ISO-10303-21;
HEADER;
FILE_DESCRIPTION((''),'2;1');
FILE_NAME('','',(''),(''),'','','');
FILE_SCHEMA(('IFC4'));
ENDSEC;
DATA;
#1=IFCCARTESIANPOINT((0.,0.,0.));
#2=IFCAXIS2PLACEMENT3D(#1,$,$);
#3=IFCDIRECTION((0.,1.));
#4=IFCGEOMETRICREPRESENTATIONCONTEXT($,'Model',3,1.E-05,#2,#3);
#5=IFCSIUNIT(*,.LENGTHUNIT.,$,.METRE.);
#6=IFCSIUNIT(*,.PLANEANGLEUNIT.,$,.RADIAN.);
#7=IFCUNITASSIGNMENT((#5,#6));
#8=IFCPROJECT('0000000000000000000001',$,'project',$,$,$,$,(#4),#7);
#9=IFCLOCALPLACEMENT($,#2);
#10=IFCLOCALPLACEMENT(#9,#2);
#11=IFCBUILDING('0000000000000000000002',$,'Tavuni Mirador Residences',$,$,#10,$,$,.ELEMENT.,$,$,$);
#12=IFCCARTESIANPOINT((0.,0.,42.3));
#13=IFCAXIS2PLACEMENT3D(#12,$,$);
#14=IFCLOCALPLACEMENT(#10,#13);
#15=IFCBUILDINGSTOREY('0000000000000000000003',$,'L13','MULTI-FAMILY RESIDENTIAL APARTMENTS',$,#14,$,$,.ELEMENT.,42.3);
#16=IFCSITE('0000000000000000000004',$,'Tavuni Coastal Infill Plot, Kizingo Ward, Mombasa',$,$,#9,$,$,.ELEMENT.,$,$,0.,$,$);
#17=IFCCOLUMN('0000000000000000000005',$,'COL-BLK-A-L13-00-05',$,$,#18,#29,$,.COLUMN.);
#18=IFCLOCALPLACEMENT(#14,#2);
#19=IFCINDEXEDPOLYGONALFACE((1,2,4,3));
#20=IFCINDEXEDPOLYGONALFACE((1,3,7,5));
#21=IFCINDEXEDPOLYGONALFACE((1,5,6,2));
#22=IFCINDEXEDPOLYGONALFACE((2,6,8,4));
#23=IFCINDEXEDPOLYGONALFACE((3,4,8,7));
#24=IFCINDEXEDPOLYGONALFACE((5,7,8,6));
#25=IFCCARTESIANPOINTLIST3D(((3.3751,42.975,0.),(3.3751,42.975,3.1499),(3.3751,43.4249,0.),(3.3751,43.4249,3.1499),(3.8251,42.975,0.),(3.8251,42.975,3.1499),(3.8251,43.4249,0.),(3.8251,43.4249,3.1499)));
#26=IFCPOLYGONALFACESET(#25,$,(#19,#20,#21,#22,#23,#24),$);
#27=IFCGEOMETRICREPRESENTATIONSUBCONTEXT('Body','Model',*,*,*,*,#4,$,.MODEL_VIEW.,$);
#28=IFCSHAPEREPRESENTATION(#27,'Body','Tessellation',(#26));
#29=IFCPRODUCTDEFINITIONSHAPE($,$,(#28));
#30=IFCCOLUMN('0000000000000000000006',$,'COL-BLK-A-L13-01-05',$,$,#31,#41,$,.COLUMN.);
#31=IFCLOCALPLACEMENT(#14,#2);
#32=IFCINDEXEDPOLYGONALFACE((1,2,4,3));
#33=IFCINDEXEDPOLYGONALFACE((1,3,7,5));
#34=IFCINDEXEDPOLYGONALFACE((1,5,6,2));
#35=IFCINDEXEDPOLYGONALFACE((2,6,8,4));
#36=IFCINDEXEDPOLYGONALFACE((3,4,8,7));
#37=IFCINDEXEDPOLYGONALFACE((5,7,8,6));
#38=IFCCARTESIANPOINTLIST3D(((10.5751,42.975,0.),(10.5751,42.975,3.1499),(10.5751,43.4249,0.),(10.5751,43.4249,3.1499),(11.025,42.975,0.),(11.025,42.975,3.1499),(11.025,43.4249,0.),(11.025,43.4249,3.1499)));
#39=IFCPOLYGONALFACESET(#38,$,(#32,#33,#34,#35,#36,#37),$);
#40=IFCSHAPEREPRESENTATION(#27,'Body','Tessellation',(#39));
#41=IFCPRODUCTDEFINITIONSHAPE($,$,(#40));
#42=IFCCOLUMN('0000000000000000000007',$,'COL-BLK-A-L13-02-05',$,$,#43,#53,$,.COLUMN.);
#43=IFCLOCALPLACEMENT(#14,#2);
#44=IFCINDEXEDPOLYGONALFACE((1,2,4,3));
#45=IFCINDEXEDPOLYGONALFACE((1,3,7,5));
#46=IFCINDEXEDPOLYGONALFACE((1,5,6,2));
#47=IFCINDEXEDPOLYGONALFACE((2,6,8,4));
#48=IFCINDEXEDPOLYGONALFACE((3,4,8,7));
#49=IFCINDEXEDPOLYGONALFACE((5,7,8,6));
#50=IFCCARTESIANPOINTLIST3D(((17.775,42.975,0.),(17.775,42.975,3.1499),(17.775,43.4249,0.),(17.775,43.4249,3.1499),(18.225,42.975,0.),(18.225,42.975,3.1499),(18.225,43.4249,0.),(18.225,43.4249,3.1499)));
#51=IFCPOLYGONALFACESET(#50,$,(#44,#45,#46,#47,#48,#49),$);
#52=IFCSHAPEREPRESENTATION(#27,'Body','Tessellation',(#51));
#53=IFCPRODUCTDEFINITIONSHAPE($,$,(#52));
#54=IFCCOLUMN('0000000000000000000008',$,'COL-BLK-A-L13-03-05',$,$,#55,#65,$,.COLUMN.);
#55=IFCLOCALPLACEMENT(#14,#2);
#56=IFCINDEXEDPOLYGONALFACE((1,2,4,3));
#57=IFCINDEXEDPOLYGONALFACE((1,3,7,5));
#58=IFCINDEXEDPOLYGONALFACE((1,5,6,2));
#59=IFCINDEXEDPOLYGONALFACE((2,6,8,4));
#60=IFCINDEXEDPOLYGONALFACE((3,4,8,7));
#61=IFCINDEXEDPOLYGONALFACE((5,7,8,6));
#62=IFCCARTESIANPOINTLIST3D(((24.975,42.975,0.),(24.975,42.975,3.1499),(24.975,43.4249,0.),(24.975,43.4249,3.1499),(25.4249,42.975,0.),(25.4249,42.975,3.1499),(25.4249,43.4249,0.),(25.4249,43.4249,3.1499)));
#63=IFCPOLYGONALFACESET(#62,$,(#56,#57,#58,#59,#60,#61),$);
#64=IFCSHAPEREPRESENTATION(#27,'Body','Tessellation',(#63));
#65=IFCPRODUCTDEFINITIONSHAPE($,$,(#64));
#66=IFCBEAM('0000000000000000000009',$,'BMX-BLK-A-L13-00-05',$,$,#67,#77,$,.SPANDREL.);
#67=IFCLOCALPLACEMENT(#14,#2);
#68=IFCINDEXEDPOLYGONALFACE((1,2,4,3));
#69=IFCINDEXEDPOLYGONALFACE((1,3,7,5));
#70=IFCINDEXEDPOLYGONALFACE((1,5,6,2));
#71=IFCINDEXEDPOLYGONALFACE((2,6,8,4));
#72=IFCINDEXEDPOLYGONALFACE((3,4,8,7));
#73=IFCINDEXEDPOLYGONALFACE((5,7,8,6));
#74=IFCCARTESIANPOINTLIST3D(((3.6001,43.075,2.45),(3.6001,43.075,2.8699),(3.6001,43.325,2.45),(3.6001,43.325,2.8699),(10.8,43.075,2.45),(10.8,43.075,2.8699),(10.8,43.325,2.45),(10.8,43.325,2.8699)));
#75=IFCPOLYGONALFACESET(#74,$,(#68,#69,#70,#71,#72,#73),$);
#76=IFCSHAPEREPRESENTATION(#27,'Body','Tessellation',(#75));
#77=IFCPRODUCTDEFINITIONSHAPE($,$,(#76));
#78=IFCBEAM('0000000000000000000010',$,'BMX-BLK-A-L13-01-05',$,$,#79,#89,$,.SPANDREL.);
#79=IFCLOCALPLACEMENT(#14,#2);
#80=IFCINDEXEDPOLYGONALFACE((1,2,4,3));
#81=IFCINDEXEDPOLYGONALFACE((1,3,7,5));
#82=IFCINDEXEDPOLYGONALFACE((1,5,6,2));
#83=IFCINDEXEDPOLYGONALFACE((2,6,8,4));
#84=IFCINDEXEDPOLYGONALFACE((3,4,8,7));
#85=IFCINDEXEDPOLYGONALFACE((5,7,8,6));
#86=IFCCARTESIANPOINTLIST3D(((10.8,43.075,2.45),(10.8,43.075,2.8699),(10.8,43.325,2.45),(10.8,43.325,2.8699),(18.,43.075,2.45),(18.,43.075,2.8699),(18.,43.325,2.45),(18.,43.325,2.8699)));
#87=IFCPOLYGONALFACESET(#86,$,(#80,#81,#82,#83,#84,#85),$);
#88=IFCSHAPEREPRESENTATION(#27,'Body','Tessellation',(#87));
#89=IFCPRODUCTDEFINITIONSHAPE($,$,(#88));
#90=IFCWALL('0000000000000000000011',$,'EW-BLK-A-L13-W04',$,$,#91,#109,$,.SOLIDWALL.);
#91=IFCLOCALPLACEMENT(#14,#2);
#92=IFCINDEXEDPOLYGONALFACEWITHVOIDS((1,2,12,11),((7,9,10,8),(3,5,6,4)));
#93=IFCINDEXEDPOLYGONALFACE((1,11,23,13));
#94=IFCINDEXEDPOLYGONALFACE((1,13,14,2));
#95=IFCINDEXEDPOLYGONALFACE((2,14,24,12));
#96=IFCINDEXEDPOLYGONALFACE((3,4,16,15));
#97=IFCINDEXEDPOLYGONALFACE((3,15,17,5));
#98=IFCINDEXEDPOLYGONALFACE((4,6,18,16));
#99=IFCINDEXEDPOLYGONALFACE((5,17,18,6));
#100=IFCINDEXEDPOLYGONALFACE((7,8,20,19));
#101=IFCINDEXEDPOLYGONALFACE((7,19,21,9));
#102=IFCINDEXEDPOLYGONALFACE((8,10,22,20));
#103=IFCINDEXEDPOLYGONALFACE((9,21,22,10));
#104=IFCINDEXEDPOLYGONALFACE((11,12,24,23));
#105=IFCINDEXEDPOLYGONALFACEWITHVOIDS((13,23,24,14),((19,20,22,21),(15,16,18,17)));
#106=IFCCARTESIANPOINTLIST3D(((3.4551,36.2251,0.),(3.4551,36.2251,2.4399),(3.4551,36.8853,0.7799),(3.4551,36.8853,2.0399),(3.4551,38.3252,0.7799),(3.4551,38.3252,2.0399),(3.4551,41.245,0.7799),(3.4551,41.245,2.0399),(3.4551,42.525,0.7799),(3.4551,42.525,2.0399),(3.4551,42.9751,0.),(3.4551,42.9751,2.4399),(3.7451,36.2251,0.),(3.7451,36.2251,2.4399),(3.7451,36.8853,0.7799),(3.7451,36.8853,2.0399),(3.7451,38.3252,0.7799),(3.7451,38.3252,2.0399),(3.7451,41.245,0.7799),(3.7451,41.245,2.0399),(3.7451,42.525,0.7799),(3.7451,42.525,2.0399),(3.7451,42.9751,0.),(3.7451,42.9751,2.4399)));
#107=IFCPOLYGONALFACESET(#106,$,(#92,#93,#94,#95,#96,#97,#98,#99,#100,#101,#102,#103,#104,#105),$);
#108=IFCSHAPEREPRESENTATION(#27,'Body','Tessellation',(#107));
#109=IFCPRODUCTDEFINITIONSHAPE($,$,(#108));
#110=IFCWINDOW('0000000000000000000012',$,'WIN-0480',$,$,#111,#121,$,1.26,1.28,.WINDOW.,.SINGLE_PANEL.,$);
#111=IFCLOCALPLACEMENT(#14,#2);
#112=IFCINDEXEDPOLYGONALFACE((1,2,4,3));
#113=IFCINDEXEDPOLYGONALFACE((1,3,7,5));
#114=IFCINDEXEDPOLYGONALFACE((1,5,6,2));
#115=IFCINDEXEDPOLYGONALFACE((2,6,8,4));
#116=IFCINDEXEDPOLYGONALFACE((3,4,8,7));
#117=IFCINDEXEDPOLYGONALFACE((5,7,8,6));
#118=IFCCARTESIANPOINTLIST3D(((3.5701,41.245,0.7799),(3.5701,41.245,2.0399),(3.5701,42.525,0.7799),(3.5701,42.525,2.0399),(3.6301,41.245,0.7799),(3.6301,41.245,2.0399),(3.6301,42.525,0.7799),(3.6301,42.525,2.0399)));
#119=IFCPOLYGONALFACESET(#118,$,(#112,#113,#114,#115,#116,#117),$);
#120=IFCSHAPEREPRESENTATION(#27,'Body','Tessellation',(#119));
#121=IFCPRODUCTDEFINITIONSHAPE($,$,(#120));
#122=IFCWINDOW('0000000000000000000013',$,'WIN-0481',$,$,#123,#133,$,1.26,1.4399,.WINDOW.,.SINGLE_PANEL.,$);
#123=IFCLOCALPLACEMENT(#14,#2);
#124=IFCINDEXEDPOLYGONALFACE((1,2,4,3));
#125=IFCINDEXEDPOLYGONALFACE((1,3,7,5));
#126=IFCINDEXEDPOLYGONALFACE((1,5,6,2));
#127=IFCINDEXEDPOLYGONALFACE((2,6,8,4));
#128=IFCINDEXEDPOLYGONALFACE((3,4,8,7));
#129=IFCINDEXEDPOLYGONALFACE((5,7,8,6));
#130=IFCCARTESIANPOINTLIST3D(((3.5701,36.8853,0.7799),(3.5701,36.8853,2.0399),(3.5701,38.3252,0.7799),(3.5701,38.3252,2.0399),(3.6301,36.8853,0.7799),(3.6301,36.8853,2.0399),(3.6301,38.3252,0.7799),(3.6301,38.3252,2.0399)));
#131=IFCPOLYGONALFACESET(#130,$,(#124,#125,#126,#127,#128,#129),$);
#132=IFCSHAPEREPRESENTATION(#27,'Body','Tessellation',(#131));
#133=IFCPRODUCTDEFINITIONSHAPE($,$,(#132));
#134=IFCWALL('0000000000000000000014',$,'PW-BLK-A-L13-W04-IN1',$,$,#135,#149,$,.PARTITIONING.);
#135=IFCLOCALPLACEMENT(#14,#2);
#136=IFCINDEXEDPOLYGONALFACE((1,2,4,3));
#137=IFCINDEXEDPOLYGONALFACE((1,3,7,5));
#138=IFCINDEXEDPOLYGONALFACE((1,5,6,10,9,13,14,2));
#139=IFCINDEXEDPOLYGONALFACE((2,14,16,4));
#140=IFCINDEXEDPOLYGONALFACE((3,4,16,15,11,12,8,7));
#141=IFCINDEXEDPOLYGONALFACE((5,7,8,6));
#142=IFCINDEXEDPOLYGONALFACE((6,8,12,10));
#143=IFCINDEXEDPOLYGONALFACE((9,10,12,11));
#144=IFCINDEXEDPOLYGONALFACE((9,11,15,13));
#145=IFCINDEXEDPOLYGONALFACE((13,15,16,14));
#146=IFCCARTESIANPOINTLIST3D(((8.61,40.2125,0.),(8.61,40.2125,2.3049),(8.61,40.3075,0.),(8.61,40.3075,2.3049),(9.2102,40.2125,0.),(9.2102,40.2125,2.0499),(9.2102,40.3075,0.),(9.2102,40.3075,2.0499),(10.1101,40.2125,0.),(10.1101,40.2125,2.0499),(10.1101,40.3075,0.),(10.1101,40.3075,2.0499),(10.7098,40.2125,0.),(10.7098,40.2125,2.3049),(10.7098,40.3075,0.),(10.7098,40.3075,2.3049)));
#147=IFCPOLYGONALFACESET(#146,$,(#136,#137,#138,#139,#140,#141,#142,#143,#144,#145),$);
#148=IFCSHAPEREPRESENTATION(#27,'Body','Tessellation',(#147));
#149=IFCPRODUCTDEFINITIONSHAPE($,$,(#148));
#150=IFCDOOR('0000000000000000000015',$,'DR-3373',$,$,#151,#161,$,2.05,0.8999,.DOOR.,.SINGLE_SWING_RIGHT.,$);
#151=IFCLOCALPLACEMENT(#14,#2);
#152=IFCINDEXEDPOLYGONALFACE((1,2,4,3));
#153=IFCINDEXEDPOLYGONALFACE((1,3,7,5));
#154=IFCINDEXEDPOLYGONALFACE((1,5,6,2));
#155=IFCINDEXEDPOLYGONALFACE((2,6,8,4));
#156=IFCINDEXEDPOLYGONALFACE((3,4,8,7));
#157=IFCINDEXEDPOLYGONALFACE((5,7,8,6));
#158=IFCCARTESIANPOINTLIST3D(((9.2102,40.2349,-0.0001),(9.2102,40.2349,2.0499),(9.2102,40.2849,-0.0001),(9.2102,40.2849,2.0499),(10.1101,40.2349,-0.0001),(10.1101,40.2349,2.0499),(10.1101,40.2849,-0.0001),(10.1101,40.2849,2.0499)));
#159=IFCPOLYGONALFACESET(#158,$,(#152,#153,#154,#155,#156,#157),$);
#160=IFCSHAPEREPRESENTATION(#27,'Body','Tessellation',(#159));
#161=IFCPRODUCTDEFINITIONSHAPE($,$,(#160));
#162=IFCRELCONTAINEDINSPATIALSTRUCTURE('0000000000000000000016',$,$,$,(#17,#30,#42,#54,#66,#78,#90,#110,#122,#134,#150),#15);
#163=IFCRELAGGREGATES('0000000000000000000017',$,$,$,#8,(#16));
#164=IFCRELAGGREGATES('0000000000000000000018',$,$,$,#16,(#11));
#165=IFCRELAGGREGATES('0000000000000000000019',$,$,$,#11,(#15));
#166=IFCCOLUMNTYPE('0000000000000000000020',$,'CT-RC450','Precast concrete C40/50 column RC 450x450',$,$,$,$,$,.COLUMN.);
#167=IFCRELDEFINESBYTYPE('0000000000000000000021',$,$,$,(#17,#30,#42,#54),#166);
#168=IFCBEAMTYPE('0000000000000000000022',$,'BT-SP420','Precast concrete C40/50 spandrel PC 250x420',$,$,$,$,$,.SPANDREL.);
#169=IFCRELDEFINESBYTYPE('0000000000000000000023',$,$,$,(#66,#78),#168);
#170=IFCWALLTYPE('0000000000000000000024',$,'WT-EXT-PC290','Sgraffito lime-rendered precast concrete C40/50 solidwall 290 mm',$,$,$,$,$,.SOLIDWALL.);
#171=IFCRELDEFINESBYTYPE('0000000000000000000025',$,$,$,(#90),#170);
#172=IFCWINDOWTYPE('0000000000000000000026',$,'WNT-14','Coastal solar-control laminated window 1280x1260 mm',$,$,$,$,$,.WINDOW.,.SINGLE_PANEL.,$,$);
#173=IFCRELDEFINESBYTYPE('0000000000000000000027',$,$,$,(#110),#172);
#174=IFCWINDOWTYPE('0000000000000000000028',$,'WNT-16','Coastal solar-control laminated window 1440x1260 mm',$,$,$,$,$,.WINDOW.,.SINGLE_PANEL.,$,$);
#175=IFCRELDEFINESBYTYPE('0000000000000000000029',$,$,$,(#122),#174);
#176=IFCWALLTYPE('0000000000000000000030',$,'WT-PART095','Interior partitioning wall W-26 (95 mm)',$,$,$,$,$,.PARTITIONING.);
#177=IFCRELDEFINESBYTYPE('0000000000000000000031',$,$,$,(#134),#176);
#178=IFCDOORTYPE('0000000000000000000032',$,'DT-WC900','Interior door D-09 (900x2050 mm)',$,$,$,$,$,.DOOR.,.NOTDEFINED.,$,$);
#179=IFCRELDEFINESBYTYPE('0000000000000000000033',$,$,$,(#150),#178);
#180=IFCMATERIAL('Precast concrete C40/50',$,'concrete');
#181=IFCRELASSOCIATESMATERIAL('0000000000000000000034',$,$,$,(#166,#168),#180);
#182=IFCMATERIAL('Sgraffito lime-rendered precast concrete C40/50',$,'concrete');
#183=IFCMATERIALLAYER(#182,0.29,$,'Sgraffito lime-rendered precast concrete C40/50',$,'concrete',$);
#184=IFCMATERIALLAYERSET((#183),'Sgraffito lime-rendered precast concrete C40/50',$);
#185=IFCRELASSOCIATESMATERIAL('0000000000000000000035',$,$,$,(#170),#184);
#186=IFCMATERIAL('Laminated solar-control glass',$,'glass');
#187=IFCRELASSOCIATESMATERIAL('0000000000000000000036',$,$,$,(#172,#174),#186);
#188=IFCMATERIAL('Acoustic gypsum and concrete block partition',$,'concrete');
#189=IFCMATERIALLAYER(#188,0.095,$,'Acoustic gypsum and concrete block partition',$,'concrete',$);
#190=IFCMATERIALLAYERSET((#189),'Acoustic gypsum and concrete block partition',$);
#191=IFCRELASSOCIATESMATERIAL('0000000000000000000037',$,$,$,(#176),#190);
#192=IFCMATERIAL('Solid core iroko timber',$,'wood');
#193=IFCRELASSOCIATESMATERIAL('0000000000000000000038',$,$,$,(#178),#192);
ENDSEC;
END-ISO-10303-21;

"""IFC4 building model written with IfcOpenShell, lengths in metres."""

from ifc_helpers import new_model, si_unit, direction, frame, frame_2d, origin, origin_2d, place, context, subcontext, project, spatial, rectangle, extrude, material, layer, layer_set, material_profile, profile_set, type_object, element, fill, save


model = new_model("IFC4")

# Units and contexts
model_context = context("Model", 3, precision=1e-05, world=origin(), true_north=direction((0.0, 1.0)))
body_context = subcontext(model_context, "Body", "Model", "MODEL_VIEW")
ifc_project = project(units=[si_unit("LENGTHUNIT", "METRE"), si_unit("PLANEANGLEUNIT", "RADIAN")], contexts=[model_context])

# Site, building, storey
site_placement = place(None, origin())
site = spatial("IfcSite", under=ifc_project, at=site_placement, Name="Tavuni Coastal Infill Plot, Kizingo Ward, Mombasa", CompositionType="ELEMENT", RefElevation=0.0)
building_placement = place(site_placement, origin())
building = spatial("IfcBuilding", under=site, at=building_placement, Name="Tavuni Mirador Residences", CompositionType="ELEMENT")
storey_placement = place(building_placement, frame((0.0, 0.0, 42.3)))
storey = spatial("IfcBuildingStorey", under=building, at=storey_placement, Name="L13", Description="MULTI-FAMILY RESIDENTIAL APARTMENTS", CompositionType="ELEMENT", Elevation=42.3)

# Columns
ifc_material_1 = material(Name="Precast concrete C40/50", Category="concrete")
ifc_material_profile_1 = material_profile(ifc_material_1, rectangle(XDim=0.45, YDim=0.45, at=origin_2d()), Name="RC 450x450", Category="concrete")
ifc_profile_set_1 = profile_set([ifc_material_profile_1], Name="Precast concrete C40/50")
column_type = type_object("IfcColumnType", Name="CT-RC450", Description="Precast concrete C40/50 column RC 450x450", PredefinedType="COLUMN", material=ifc_profile_set_1)
for number, where, z_axis, x_axis, name in (
    (1, (3.6001, 43.2, 0.0), (0.0, 0.0, 1.0), (1.0, 0.0, 0.0), "COL-BLK-A-L13-00-05"),
    (2, (10.8, 43.2, 0.0), (0.0, 0.0, 1.0), (1.0, 0.0, 0.0), "COL-BLK-A-L13-01-05"),
    (3, (18.0, 43.2, 0.0), (0.0, 0.0, 1.0), (1.0, 0.0, 0.0), "COL-BLK-A-L13-02-05"),
    (4, (25.2, 43.2, 0.0), (0.0, 0.0, 1.0), (1.0, 0.0, 0.0), "COL-BLK-A-L13-03-05"),
):
    element("IfcColumn", number, at=place(storey_placement, frame(where, z_axis=z_axis, x_axis=x_axis)), inside=storey, type_object=column_type, Name=name, PredefinedType="COLUMN", context=body_context, shape_type="SweptSolid", body=[
        extrude(rectangle(XDim=0.45, YDim=0.45, at=origin_2d()), origin(), (0.0, 0.0, 1.0), 3.1499),
    ])

# Beams
ifc_material_profile_2 = material_profile(ifc_material_1, rectangle(XDim=0.25, YDim=0.4199, at=origin_2d()), Name="PC 250x420", Category="concrete")
ifc_profile_set_2 = profile_set([ifc_material_profile_2], Name="Precast concrete C40/50")
beam_type = type_object("IfcBeamType", Name="BT-SP420", Description="Precast concrete C40/50 spandrel PC 250x420", PredefinedType="SPANDREL", material=ifc_profile_set_2)
for number, where, z_axis, x_axis, name in (
    (5, (3.6001, 43.2, 2.6599), (1.0, 0.0, 0.0), (0.0, 1.0, 0.0), "BMX-BLK-A-L13-00-05"),
    (6, (10.8, 43.2, 2.6599), (1.0, 0.0, 0.0), (0.0, 1.0, 0.0), "BMX-BLK-A-L13-01-05"),
):
    element("IfcBeam", number, at=place(storey_placement, frame(where, z_axis=z_axis, x_axis=x_axis)), inside=storey, type_object=beam_type, Name=name, PredefinedType="SPANDREL", context=body_context, shape_type="SweptSolid", body=[
        extrude(rectangle(XDim=0.25, YDim=0.4199, at=origin_2d()), origin(), (0.0, 0.0, 1.0), 7.2),
    ])

# Wall, openings, windows
ifc_material_2 = material(Name="Sgraffito lime-rendered precast concrete C40/50", Category="concrete")
ifc_layer_1 = layer(ifc_material_2, 0.29, Name="Sgraffito lime-rendered precast concrete C40/50", Category="concrete")
ifc_layer_set_1 = layer_set([ifc_layer_1], Name="Sgraffito lime-rendered precast concrete C40/50")
wall_type_1 = type_object("IfcWallType", Name="WT-EXT-PC290", Description="Sgraffito lime-rendered precast concrete C40/50 solidwall 290 mm", PredefinedType="SOLIDWALL", material=ifc_layer_set_1)
wall_1_placement = place(storey_placement, frame((3.6001, 42.9751, 0.0), z_axis=(0.0, 0.0, 1.0), x_axis=(0.0, -1.0, 0.0)))
wall_1 = element("IfcWall", 7, at=wall_1_placement, inside=storey, type_object=wall_type_1, Name="EW-BLK-A-L13-W04", PredefinedType="SOLIDWALL", context=body_context, shape_type="SweptSolid", body=[
    extrude(rectangle(XDim=6.75, YDim=0.29, at=frame_2d((3.375, 0.0))), origin(), (0.0, 0.0, 1.0), 2.4399),
])
opening_1_placement = place(wall_1_placement, frame((0.45, 0.0, 0.78)))
opening_1 = element("IfcOpeningElement", 8, at=opening_1_placement, cuts=wall_1, PredefinedType="OPENING", context=body_context, shape_type="SweptSolid", body=[
    extrude(rectangle(XDim=1.28, YDim=1.26, at=frame_2d((0.6401, 0.6299))), frame((0.0, 0.155, 0.0), z_axis=(0.0, -1.0, 0.0), x_axis=(1.0, 0.0, 0.0)), (0.0, 0.0, 1.0), 0.3101),
])
opening_2_placement = place(wall_1_placement, frame((4.6499, 0.0, 0.78)))
opening_2 = element("IfcOpeningElement", 9, at=opening_2_placement, cuts=wall_1, PredefinedType="OPENING", context=body_context, shape_type="SweptSolid", body=[
    extrude(rectangle(XDim=1.4399, YDim=1.26, at=frame_2d((0.72, 0.6299))), frame((0.0, 0.155, 0.0), z_axis=(0.0, -1.0, 0.0), x_axis=(1.0, 0.0, 0.0)), (0.0, 0.0, 1.0), 0.3101),
])
ifc_material_3 = material(Name="Laminated solar-control glass", Category="glass")
window_type_1 = type_object("IfcWindowType", Name="WNT-14", Description="Coastal solar-control laminated window 1280x1260 mm", PartitioningType="SINGLE_PANEL", PredefinedType="WINDOW", material=ifc_material_3)
window_1_placement = place(opening_1_placement, origin())
window_1 = element("IfcWindow", 10, at=window_1_placement, inside=storey, type_object=window_type_1, Name="WIN-0480", OverallHeight=1.26, OverallWidth=1.28, PartitioningType="SINGLE_PANEL", PredefinedType="WINDOW", context=body_context, shape_type="SweptSolid", body=[
    extrude(rectangle(XDim=1.28, YDim=1.26, at=frame_2d((0.6401, 0.6299))), frame((0.0, 0.03, 0.0), z_axis=(0.0, -1.0, 0.0), x_axis=(1.0, 0.0, 0.0)), (0.0, 0.0, 1.0), 0.0601),
])
fill(opening_1, window_1)
window_type_2 = type_object("IfcWindowType", Name="WNT-16", Description="Coastal solar-control laminated window 1440x1260 mm", PartitioningType="SINGLE_PANEL", PredefinedType="WINDOW", material=ifc_material_3)
window_2_placement = place(opening_2_placement, origin())
window_2 = element("IfcWindow", 11, at=window_2_placement, inside=storey, type_object=window_type_2, Name="WIN-0481", OverallHeight=1.26, OverallWidth=1.4399, PartitioningType="SINGLE_PANEL", PredefinedType="WINDOW", context=body_context, shape_type="SweptSolid", body=[
    extrude(rectangle(XDim=1.4399, YDim=1.26, at=frame_2d((0.72, 0.6299))), frame((0.0, 0.03, 0.0), z_axis=(0.0, -1.0, 0.0), x_axis=(1.0, 0.0, 0.0)), (0.0, 0.0, 1.0), 0.0601),
])
fill(opening_2, window_2)

# Wall, opening, door
ifc_material_4 = material(Name="Acoustic gypsum and concrete block partition", Category="concrete")
ifc_layer_2 = layer(ifc_material_4, 0.095, Name="Acoustic gypsum and concrete block partition", Category="concrete")
ifc_layer_set_2 = layer_set([ifc_layer_2], Name="Acoustic gypsum and concrete block partition")
wall_type_2 = type_object("IfcWallType", Name="WT-PART095", Description="Interior partitioning wall W-26 (95 mm)", PredefinedType="PARTITIONING", material=ifc_layer_set_2)
wall_2_placement = place(storey_placement, frame((8.6101, 40.26, 0.0), z_axis=(0.0, 0.0, 1.0), x_axis=(1.0, 0.0, 0.0)))
wall_2 = element("IfcWall", 12, at=wall_2_placement, inside=storey, type_object=wall_type_2, Name="PW-BLK-A-L13-W04-IN1", PredefinedType="PARTITIONING", context=body_context, shape_type="SweptSolid", body=[
    extrude(rectangle(XDim=2.0999, YDim=0.095, at=frame_2d((1.0498, 0.0))), origin(), (0.0, 0.0, 1.0), 2.3049),
])
opening_3_placement = place(wall_2_placement, frame((0.6001, 0.0, 0.0)))
opening_3 = element("IfcOpeningElement", 13, at=opening_3_placement, cuts=wall_2, PredefinedType="OPENING", context=body_context, shape_type="SweptSolid", body=[
    extrude(rectangle(XDim=0.8999, YDim=2.05, at=frame_2d((0.45, 1.0249))), frame((0.0, 0.0576, 0.0), z_axis=(0.0, -1.0, 0.0), x_axis=(1.0, 0.0, 0.0)), (0.0, 0.0, 1.0), 0.115),
])
ifc_material_5 = material(Name="Solid core iroko timber", Category="wood")
door_type_1 = type_object("IfcDoorType", Name="DT-WC900", Description="Interior door D-09 (900x2050 mm)", OperationType="NOTDEFINED", PredefinedType="DOOR", material=ifc_material_5)
door_1_placement = place(opening_3_placement, origin())
door_1 = element("IfcDoor", 14, at=door_1_placement, inside=storey, type_object=door_type_1, Name="DR-3373", OperationType="SINGLE_SWING_RIGHT", OverallHeight=2.05, OverallWidth=0.8999, PredefinedType="DOOR", context=body_context, shape_type="SweptSolid", body=[
    extrude(rectangle(XDim=0.8999, YDim=2.05, at=frame_2d((0.45, 1.0249))), frame((0.0, 0.0249, 0.0), z_axis=(0.0, -1.0, 0.0), x_axis=(1.0, 0.0, 0.0)), (0.0, 0.0, 1.0), 0.05),
])
fill(opening_3, door_1)

save(model, "model.ifc")
